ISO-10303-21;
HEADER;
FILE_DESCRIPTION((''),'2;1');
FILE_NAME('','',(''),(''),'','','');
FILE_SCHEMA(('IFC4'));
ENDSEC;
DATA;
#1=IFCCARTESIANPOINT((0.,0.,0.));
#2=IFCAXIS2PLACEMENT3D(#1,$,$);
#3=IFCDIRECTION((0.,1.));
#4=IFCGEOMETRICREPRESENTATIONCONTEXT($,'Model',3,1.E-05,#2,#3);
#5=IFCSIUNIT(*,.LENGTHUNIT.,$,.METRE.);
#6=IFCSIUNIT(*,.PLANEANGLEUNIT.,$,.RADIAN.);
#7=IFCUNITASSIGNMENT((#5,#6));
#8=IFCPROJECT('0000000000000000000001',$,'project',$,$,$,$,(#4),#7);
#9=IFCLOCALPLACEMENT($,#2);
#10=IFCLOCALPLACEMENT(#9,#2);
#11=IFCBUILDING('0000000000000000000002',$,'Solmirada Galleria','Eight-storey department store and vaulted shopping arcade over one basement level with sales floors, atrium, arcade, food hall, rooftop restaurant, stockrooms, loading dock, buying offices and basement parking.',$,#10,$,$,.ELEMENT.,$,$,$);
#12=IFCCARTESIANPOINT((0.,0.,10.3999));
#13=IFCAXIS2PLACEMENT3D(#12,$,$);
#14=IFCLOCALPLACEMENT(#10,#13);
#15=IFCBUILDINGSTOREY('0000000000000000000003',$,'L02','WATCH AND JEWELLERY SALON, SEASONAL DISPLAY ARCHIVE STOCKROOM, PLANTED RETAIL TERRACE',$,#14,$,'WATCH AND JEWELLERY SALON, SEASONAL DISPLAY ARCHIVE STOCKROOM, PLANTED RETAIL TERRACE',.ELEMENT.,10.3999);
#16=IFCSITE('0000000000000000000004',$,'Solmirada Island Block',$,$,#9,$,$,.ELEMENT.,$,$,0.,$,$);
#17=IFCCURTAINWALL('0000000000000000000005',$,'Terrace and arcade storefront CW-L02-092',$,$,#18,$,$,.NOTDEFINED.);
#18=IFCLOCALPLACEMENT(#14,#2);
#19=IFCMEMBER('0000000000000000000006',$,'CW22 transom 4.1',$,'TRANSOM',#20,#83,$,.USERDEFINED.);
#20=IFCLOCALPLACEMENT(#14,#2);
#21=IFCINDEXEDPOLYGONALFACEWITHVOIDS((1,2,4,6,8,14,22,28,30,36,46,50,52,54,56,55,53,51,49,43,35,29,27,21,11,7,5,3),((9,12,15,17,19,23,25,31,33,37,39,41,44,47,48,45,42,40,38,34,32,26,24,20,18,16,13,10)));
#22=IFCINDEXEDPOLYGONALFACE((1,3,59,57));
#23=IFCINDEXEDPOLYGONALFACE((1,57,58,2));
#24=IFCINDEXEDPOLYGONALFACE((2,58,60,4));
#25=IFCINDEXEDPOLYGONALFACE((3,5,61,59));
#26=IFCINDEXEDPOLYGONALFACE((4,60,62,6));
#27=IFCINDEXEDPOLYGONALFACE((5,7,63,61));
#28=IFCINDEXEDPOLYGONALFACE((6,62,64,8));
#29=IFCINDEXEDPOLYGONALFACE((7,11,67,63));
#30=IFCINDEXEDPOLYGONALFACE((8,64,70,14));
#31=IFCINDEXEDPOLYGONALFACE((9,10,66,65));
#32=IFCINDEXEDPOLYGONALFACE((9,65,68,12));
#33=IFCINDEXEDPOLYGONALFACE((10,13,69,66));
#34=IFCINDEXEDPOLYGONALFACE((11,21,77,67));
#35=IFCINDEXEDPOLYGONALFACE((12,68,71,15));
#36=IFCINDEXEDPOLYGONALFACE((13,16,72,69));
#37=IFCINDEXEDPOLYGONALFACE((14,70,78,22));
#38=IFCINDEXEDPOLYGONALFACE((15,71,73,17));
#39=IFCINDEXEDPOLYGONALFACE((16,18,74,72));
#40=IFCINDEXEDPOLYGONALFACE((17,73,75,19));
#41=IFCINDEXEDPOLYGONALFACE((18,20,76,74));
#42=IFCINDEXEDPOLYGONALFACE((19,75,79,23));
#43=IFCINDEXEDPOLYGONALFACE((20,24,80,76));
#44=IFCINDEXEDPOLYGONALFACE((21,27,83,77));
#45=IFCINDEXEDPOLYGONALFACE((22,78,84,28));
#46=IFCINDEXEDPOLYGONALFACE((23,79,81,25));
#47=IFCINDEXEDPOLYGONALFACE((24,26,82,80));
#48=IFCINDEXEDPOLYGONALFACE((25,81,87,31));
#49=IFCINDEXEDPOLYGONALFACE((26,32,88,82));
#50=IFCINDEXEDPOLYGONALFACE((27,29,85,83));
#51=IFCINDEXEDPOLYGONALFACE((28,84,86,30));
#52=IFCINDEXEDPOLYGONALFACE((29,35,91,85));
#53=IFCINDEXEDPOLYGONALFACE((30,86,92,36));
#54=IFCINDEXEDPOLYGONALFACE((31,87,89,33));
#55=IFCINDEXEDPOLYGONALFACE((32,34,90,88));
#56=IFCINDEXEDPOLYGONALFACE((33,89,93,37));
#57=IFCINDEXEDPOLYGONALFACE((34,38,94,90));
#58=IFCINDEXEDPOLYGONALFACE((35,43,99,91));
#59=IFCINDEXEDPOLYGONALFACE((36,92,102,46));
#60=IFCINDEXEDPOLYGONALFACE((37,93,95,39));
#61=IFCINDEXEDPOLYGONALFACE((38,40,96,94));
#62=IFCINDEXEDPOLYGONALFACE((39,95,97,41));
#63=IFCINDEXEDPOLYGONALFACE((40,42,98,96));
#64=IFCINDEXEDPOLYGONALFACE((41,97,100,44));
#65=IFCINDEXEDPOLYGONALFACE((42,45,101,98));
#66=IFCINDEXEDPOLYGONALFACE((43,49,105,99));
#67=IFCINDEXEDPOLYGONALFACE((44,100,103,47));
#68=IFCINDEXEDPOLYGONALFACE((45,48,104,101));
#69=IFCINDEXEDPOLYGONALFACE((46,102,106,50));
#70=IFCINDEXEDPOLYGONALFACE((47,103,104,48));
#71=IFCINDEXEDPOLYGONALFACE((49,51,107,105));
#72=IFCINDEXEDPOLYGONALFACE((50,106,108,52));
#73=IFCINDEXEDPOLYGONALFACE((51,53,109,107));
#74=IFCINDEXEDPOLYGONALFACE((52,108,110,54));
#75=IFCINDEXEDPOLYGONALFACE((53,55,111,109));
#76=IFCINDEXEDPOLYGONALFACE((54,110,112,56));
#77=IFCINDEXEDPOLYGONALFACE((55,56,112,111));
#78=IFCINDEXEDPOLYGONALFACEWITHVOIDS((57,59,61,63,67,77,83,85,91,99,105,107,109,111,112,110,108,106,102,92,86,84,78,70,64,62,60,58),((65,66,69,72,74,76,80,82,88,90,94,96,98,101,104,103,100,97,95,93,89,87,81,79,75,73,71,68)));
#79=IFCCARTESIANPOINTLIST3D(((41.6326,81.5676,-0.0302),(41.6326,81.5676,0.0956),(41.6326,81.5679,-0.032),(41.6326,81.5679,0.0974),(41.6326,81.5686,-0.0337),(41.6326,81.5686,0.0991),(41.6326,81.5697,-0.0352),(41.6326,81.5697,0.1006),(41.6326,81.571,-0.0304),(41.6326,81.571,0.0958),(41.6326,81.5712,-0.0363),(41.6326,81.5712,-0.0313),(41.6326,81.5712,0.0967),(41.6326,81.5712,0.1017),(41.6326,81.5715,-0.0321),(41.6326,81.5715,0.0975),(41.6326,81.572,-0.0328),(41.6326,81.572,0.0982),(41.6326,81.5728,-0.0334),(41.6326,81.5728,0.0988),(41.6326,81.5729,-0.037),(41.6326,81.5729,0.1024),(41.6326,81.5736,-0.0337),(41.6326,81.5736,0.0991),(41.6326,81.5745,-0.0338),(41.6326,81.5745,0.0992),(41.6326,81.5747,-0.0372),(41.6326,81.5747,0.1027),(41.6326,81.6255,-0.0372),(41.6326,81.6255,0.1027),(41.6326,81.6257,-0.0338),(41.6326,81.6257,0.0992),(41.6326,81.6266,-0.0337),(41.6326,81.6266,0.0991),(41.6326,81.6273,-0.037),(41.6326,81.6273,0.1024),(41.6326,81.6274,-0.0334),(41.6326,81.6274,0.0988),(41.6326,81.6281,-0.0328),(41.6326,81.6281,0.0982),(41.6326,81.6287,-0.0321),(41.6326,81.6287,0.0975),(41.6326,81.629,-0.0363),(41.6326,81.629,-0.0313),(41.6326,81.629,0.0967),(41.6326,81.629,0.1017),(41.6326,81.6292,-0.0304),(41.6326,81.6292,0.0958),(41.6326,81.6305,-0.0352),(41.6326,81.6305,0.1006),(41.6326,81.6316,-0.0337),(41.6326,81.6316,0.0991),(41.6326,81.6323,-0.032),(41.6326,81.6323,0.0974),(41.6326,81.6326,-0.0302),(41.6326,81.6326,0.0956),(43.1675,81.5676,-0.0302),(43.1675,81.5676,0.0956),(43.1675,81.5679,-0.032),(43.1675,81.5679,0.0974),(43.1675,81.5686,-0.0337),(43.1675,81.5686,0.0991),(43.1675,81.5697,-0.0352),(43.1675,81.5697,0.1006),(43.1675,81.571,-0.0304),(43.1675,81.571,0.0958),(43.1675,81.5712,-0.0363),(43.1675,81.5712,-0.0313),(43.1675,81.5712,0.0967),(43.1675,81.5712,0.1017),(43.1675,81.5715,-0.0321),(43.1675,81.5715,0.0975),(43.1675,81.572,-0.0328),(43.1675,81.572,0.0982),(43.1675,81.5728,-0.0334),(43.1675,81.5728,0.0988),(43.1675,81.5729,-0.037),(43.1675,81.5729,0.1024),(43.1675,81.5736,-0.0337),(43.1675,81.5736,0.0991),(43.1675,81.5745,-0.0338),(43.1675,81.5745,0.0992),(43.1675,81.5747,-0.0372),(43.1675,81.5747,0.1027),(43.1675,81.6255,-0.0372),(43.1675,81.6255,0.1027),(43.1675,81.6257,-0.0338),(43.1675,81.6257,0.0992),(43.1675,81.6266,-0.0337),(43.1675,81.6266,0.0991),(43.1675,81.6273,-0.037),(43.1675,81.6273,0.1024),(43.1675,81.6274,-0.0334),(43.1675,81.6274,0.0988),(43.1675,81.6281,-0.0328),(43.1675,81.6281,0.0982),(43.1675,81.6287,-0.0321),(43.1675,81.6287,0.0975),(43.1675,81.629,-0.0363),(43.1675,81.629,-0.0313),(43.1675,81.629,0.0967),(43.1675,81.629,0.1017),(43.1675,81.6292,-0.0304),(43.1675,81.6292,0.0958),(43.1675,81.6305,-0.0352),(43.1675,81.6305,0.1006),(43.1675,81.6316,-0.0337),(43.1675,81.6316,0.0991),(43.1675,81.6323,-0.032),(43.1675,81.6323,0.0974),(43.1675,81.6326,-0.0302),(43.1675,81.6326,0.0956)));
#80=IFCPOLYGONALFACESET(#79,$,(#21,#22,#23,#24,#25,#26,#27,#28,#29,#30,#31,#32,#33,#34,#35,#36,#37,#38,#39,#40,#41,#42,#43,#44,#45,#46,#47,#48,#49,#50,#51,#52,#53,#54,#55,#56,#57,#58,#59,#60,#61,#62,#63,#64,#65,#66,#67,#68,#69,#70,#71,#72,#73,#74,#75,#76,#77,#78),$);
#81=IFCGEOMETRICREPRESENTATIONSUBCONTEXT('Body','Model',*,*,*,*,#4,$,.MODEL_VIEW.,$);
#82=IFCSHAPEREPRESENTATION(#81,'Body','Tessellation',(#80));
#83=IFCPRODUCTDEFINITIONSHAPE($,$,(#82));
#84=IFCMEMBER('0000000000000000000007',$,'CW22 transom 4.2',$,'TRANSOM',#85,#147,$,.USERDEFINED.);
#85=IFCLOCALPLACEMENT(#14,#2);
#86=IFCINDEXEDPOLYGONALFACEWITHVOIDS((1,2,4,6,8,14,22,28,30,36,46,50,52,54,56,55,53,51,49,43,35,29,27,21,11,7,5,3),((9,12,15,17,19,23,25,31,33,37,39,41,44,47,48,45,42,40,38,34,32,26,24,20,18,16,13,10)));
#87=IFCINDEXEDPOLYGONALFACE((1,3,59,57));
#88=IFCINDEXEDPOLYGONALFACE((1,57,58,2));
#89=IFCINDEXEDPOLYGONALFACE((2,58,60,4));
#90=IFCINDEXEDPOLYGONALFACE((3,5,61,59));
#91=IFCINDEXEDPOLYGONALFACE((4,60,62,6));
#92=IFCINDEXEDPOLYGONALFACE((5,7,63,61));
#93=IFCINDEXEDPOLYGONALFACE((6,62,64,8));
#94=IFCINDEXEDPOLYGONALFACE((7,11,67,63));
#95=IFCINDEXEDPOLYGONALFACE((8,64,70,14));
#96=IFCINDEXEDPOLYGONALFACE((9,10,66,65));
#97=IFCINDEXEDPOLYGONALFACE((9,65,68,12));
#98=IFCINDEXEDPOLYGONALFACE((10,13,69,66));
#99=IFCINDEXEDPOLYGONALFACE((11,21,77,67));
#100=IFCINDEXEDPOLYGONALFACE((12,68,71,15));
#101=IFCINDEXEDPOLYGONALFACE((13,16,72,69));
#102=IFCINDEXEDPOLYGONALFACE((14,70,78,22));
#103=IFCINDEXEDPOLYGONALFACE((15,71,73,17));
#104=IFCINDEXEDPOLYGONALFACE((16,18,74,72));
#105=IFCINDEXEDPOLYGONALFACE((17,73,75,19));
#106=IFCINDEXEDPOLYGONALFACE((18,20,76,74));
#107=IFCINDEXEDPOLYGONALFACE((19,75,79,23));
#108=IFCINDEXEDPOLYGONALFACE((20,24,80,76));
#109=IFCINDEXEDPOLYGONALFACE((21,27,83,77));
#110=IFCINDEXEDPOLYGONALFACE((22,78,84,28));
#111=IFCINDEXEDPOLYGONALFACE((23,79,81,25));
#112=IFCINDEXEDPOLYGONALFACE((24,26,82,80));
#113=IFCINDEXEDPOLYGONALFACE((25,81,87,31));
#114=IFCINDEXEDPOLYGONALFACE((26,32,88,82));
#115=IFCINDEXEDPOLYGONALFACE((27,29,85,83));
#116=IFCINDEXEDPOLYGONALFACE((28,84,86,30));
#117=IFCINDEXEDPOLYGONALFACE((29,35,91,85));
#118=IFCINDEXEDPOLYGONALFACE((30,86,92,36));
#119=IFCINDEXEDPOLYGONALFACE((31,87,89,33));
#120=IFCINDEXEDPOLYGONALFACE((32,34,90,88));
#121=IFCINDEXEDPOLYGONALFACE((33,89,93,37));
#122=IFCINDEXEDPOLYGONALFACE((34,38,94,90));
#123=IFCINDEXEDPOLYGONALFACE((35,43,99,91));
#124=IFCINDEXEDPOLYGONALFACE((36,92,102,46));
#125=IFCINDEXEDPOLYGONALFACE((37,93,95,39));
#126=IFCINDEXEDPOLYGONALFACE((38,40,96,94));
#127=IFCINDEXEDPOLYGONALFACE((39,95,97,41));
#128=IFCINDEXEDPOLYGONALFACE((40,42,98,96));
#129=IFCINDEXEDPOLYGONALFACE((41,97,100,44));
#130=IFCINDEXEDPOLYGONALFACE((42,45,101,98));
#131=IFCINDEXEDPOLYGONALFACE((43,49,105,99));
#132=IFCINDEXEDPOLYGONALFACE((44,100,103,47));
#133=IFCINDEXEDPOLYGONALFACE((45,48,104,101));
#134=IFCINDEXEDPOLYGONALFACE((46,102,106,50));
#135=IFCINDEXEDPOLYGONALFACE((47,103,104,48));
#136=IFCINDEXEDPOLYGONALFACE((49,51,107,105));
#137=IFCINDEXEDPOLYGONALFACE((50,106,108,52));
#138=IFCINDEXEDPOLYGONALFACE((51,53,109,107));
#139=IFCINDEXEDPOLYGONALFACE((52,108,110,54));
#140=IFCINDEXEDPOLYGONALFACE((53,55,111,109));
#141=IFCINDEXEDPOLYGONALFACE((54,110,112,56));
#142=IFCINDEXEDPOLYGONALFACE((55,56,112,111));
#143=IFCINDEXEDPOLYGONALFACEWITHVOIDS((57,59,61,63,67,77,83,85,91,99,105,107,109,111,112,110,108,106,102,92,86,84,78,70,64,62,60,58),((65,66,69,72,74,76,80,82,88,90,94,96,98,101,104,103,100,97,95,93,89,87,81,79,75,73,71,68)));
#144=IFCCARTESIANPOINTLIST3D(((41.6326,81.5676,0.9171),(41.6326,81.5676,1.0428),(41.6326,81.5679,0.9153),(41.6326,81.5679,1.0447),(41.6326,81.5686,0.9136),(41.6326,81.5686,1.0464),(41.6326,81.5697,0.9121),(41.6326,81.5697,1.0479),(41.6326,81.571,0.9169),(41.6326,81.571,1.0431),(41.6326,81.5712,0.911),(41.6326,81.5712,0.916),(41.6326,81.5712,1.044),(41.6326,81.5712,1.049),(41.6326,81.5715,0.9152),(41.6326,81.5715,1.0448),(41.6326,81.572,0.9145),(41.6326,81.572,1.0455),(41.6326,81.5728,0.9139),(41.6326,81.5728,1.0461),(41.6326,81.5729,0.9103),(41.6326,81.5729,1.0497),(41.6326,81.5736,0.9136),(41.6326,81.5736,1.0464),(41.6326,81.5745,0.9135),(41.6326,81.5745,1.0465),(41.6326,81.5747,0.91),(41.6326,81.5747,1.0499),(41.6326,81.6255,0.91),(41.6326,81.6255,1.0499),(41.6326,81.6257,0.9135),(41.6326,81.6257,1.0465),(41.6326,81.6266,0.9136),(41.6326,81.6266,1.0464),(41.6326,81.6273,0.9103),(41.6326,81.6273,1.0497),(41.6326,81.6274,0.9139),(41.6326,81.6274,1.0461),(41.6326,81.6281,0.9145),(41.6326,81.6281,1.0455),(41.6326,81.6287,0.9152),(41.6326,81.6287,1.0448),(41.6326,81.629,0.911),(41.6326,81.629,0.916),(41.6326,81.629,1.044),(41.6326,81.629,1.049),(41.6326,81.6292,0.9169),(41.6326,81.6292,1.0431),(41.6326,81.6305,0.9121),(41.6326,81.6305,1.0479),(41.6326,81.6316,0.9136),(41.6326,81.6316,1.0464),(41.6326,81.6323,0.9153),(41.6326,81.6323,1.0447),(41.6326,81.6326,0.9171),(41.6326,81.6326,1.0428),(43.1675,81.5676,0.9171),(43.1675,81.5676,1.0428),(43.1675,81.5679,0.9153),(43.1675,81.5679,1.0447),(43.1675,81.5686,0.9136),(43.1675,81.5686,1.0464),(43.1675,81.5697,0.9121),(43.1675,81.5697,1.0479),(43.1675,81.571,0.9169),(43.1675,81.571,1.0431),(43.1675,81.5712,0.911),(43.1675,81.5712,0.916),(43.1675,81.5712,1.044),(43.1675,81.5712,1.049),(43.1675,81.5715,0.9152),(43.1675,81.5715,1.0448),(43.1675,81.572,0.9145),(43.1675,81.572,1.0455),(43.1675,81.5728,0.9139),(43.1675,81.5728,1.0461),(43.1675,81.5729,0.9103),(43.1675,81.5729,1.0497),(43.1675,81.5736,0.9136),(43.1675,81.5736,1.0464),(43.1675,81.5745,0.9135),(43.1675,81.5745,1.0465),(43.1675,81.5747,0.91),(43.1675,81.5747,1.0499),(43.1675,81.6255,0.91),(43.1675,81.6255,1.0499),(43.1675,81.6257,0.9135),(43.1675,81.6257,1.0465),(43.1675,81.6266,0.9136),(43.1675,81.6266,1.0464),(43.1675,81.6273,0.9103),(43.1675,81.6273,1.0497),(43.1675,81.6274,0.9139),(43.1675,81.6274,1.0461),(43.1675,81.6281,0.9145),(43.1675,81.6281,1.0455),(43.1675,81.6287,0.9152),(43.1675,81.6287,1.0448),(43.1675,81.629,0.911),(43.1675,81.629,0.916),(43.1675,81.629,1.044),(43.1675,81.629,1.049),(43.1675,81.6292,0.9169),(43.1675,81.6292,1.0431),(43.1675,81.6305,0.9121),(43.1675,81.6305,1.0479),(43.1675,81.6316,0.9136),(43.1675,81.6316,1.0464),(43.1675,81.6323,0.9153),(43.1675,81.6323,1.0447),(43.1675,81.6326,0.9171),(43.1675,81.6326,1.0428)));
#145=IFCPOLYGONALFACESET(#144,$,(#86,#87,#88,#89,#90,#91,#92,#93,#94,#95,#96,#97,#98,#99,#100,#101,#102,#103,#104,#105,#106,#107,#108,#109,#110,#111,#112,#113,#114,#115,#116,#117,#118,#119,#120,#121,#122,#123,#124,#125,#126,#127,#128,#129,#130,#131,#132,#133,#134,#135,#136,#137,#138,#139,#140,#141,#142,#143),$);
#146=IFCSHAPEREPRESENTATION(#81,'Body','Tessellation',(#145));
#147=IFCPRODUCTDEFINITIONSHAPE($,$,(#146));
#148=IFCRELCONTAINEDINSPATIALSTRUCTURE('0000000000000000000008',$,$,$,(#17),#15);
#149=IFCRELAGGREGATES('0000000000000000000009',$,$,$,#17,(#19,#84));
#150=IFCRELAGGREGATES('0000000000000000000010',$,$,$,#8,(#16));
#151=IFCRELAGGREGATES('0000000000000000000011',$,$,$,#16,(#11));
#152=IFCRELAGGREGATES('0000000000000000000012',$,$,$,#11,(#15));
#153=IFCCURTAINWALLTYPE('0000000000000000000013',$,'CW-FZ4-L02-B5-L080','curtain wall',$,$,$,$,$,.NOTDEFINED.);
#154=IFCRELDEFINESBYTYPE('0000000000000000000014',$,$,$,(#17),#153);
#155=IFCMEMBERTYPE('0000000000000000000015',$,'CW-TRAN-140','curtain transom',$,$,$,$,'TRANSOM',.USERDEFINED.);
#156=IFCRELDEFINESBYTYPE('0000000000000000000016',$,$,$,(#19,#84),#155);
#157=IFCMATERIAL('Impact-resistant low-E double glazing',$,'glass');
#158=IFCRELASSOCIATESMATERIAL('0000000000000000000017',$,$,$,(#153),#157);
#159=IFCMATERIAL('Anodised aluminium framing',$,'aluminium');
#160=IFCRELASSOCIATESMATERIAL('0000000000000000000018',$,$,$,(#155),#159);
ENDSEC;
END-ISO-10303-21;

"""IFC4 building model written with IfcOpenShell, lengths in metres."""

from ifc_helpers import new_model, si_unit, direction, frame, origin, origin_2d, place, context, subcontext, project, spatial, hollow_rectangle, extrude, material, material_profile, profile_set, type_object, element, aggregate, save


model = new_model("IFC4")

# Units and contexts
model_context = context("Model", 3, precision=1e-05, world=origin(), true_north=direction((0.0, 1.0)))
body_context = subcontext(model_context, "Body", "Model", "MODEL_VIEW")
ifc_project = project(units=[si_unit("LENGTHUNIT", "METRE"), si_unit("PLANEANGLEUNIT", "RADIAN")], contexts=[model_context])

# Site, building, storey
site_placement = place(None, origin())
site = spatial("IfcSite", under=ifc_project, at=site_placement, Name="Solmirada Island Block", CompositionType="ELEMENT", RefElevation=0.0)
building_placement = place(site_placement, origin())
building = spatial("IfcBuilding", under=site, at=building_placement, Name="Solmirada Galleria", Description="Eight-storey department store and vaulted shopping arcade over one basement level with sales floors, atrium, arcade, food hall, rooftop restaurant, stockrooms, loading dock, buying offices and basement parking.", CompositionType="ELEMENT")
storey_placement = place(building_placement, frame((0.0, 0.0, 10.3999)))
storey = spatial("IfcBuildingStorey", under=building, at=storey_placement, Name="L02", Description="WATCH AND JEWELLERY SALON, SEASONAL DISPLAY ARCHIVE STOCKROOM, PLANTED RETAIL TERRACE", LongName="WATCH AND JEWELLERY SALON, SEASONAL DISPLAY ARCHIVE STOCKROOM, PLANTED RETAIL TERRACE", CompositionType="ELEMENT", Elevation=10.3999)

# Curtain wall, members
ifc_material_1 = material(Name="Impact-resistant low-E double glazing", Category="glass")
curtain_wall_type = type_object("IfcCurtainWallType", Name="CW-FZ4-L02-B5-L080", Description="curtain wall", PredefinedType="NOTDEFINED", material=ifc_material_1)
curtain_wall_placement = place(storey_placement, origin())
curtain_wall = element("IfcCurtainWall", 1, at=curtain_wall_placement, inside=storey, type_object=curtain_wall_type, Name="Terrace and arcade storefront CW-L02-092", PredefinedType="NOTDEFINED")
ifc_material_2 = material(Name="Anodised aluminium framing", Category="aluminium")
ifc_material_profile_1 = material_profile(ifc_material_2, hollow_rectangle(XDim=0.0649, YDim=0.1399, WallThickness=0.0034, InnerFilletRadius=0.0034, OuterFilletRadius=0.0071, at=origin_2d()), Name="ALU-TRAN-140X65")
ifc_profile_set_1 = profile_set([ifc_material_profile_1], Name="Anodised aluminium framing")
member_type_1 = type_object("IfcMemberType", Name="CW-TRAN-140", Description="curtain transom", ElementType="TRANSOM", PredefinedType="USERDEFINED", material=ifc_profile_set_1)
member_1_placement = place(storey_placement, frame((43.1675, 81.6001, 0.0327), z_axis=(-1.0, 0.0, 0.0), x_axis=(0.0, -1.0, 0.0)))
member_1 = element("IfcMember", 2, at=member_1_placement, type_object=member_type_1, Name="CW22 transom 4.1", ObjectType="TRANSOM", PredefinedType="USERDEFINED", context=body_context, shape_type="SweptSolid", body=[
    extrude(hollow_rectangle(XDim=0.0649, YDim=0.1399, WallThickness=0.0034, InnerFilletRadius=0.0034, OuterFilletRadius=0.0071, at=origin_2d()), origin(), (0.0, 0.0, 1.0), 1.5349),
])
member_2_placement = place(storey_placement, frame((43.1675, 81.6001, 0.98), z_axis=(-1.0, 0.0, 0.0), x_axis=(0.0, -1.0, 0.0)))
member_2 = element("IfcMember", 3, at=member_2_placement, type_object=member_type_1, Name="CW22 transom 4.2", ObjectType="TRANSOM", PredefinedType="USERDEFINED", context=body_context, shape_type="SweptSolid", body=[
    extrude(hollow_rectangle(XDim=0.0649, YDim=0.1399, WallThickness=0.0034, InnerFilletRadius=0.0034, OuterFilletRadius=0.0071, at=origin_2d()), origin(), (0.0, 0.0, 1.0), 1.5349),
])
aggregate(curtain_wall, [member_1, member_2])

save(model, "model.ifc")
